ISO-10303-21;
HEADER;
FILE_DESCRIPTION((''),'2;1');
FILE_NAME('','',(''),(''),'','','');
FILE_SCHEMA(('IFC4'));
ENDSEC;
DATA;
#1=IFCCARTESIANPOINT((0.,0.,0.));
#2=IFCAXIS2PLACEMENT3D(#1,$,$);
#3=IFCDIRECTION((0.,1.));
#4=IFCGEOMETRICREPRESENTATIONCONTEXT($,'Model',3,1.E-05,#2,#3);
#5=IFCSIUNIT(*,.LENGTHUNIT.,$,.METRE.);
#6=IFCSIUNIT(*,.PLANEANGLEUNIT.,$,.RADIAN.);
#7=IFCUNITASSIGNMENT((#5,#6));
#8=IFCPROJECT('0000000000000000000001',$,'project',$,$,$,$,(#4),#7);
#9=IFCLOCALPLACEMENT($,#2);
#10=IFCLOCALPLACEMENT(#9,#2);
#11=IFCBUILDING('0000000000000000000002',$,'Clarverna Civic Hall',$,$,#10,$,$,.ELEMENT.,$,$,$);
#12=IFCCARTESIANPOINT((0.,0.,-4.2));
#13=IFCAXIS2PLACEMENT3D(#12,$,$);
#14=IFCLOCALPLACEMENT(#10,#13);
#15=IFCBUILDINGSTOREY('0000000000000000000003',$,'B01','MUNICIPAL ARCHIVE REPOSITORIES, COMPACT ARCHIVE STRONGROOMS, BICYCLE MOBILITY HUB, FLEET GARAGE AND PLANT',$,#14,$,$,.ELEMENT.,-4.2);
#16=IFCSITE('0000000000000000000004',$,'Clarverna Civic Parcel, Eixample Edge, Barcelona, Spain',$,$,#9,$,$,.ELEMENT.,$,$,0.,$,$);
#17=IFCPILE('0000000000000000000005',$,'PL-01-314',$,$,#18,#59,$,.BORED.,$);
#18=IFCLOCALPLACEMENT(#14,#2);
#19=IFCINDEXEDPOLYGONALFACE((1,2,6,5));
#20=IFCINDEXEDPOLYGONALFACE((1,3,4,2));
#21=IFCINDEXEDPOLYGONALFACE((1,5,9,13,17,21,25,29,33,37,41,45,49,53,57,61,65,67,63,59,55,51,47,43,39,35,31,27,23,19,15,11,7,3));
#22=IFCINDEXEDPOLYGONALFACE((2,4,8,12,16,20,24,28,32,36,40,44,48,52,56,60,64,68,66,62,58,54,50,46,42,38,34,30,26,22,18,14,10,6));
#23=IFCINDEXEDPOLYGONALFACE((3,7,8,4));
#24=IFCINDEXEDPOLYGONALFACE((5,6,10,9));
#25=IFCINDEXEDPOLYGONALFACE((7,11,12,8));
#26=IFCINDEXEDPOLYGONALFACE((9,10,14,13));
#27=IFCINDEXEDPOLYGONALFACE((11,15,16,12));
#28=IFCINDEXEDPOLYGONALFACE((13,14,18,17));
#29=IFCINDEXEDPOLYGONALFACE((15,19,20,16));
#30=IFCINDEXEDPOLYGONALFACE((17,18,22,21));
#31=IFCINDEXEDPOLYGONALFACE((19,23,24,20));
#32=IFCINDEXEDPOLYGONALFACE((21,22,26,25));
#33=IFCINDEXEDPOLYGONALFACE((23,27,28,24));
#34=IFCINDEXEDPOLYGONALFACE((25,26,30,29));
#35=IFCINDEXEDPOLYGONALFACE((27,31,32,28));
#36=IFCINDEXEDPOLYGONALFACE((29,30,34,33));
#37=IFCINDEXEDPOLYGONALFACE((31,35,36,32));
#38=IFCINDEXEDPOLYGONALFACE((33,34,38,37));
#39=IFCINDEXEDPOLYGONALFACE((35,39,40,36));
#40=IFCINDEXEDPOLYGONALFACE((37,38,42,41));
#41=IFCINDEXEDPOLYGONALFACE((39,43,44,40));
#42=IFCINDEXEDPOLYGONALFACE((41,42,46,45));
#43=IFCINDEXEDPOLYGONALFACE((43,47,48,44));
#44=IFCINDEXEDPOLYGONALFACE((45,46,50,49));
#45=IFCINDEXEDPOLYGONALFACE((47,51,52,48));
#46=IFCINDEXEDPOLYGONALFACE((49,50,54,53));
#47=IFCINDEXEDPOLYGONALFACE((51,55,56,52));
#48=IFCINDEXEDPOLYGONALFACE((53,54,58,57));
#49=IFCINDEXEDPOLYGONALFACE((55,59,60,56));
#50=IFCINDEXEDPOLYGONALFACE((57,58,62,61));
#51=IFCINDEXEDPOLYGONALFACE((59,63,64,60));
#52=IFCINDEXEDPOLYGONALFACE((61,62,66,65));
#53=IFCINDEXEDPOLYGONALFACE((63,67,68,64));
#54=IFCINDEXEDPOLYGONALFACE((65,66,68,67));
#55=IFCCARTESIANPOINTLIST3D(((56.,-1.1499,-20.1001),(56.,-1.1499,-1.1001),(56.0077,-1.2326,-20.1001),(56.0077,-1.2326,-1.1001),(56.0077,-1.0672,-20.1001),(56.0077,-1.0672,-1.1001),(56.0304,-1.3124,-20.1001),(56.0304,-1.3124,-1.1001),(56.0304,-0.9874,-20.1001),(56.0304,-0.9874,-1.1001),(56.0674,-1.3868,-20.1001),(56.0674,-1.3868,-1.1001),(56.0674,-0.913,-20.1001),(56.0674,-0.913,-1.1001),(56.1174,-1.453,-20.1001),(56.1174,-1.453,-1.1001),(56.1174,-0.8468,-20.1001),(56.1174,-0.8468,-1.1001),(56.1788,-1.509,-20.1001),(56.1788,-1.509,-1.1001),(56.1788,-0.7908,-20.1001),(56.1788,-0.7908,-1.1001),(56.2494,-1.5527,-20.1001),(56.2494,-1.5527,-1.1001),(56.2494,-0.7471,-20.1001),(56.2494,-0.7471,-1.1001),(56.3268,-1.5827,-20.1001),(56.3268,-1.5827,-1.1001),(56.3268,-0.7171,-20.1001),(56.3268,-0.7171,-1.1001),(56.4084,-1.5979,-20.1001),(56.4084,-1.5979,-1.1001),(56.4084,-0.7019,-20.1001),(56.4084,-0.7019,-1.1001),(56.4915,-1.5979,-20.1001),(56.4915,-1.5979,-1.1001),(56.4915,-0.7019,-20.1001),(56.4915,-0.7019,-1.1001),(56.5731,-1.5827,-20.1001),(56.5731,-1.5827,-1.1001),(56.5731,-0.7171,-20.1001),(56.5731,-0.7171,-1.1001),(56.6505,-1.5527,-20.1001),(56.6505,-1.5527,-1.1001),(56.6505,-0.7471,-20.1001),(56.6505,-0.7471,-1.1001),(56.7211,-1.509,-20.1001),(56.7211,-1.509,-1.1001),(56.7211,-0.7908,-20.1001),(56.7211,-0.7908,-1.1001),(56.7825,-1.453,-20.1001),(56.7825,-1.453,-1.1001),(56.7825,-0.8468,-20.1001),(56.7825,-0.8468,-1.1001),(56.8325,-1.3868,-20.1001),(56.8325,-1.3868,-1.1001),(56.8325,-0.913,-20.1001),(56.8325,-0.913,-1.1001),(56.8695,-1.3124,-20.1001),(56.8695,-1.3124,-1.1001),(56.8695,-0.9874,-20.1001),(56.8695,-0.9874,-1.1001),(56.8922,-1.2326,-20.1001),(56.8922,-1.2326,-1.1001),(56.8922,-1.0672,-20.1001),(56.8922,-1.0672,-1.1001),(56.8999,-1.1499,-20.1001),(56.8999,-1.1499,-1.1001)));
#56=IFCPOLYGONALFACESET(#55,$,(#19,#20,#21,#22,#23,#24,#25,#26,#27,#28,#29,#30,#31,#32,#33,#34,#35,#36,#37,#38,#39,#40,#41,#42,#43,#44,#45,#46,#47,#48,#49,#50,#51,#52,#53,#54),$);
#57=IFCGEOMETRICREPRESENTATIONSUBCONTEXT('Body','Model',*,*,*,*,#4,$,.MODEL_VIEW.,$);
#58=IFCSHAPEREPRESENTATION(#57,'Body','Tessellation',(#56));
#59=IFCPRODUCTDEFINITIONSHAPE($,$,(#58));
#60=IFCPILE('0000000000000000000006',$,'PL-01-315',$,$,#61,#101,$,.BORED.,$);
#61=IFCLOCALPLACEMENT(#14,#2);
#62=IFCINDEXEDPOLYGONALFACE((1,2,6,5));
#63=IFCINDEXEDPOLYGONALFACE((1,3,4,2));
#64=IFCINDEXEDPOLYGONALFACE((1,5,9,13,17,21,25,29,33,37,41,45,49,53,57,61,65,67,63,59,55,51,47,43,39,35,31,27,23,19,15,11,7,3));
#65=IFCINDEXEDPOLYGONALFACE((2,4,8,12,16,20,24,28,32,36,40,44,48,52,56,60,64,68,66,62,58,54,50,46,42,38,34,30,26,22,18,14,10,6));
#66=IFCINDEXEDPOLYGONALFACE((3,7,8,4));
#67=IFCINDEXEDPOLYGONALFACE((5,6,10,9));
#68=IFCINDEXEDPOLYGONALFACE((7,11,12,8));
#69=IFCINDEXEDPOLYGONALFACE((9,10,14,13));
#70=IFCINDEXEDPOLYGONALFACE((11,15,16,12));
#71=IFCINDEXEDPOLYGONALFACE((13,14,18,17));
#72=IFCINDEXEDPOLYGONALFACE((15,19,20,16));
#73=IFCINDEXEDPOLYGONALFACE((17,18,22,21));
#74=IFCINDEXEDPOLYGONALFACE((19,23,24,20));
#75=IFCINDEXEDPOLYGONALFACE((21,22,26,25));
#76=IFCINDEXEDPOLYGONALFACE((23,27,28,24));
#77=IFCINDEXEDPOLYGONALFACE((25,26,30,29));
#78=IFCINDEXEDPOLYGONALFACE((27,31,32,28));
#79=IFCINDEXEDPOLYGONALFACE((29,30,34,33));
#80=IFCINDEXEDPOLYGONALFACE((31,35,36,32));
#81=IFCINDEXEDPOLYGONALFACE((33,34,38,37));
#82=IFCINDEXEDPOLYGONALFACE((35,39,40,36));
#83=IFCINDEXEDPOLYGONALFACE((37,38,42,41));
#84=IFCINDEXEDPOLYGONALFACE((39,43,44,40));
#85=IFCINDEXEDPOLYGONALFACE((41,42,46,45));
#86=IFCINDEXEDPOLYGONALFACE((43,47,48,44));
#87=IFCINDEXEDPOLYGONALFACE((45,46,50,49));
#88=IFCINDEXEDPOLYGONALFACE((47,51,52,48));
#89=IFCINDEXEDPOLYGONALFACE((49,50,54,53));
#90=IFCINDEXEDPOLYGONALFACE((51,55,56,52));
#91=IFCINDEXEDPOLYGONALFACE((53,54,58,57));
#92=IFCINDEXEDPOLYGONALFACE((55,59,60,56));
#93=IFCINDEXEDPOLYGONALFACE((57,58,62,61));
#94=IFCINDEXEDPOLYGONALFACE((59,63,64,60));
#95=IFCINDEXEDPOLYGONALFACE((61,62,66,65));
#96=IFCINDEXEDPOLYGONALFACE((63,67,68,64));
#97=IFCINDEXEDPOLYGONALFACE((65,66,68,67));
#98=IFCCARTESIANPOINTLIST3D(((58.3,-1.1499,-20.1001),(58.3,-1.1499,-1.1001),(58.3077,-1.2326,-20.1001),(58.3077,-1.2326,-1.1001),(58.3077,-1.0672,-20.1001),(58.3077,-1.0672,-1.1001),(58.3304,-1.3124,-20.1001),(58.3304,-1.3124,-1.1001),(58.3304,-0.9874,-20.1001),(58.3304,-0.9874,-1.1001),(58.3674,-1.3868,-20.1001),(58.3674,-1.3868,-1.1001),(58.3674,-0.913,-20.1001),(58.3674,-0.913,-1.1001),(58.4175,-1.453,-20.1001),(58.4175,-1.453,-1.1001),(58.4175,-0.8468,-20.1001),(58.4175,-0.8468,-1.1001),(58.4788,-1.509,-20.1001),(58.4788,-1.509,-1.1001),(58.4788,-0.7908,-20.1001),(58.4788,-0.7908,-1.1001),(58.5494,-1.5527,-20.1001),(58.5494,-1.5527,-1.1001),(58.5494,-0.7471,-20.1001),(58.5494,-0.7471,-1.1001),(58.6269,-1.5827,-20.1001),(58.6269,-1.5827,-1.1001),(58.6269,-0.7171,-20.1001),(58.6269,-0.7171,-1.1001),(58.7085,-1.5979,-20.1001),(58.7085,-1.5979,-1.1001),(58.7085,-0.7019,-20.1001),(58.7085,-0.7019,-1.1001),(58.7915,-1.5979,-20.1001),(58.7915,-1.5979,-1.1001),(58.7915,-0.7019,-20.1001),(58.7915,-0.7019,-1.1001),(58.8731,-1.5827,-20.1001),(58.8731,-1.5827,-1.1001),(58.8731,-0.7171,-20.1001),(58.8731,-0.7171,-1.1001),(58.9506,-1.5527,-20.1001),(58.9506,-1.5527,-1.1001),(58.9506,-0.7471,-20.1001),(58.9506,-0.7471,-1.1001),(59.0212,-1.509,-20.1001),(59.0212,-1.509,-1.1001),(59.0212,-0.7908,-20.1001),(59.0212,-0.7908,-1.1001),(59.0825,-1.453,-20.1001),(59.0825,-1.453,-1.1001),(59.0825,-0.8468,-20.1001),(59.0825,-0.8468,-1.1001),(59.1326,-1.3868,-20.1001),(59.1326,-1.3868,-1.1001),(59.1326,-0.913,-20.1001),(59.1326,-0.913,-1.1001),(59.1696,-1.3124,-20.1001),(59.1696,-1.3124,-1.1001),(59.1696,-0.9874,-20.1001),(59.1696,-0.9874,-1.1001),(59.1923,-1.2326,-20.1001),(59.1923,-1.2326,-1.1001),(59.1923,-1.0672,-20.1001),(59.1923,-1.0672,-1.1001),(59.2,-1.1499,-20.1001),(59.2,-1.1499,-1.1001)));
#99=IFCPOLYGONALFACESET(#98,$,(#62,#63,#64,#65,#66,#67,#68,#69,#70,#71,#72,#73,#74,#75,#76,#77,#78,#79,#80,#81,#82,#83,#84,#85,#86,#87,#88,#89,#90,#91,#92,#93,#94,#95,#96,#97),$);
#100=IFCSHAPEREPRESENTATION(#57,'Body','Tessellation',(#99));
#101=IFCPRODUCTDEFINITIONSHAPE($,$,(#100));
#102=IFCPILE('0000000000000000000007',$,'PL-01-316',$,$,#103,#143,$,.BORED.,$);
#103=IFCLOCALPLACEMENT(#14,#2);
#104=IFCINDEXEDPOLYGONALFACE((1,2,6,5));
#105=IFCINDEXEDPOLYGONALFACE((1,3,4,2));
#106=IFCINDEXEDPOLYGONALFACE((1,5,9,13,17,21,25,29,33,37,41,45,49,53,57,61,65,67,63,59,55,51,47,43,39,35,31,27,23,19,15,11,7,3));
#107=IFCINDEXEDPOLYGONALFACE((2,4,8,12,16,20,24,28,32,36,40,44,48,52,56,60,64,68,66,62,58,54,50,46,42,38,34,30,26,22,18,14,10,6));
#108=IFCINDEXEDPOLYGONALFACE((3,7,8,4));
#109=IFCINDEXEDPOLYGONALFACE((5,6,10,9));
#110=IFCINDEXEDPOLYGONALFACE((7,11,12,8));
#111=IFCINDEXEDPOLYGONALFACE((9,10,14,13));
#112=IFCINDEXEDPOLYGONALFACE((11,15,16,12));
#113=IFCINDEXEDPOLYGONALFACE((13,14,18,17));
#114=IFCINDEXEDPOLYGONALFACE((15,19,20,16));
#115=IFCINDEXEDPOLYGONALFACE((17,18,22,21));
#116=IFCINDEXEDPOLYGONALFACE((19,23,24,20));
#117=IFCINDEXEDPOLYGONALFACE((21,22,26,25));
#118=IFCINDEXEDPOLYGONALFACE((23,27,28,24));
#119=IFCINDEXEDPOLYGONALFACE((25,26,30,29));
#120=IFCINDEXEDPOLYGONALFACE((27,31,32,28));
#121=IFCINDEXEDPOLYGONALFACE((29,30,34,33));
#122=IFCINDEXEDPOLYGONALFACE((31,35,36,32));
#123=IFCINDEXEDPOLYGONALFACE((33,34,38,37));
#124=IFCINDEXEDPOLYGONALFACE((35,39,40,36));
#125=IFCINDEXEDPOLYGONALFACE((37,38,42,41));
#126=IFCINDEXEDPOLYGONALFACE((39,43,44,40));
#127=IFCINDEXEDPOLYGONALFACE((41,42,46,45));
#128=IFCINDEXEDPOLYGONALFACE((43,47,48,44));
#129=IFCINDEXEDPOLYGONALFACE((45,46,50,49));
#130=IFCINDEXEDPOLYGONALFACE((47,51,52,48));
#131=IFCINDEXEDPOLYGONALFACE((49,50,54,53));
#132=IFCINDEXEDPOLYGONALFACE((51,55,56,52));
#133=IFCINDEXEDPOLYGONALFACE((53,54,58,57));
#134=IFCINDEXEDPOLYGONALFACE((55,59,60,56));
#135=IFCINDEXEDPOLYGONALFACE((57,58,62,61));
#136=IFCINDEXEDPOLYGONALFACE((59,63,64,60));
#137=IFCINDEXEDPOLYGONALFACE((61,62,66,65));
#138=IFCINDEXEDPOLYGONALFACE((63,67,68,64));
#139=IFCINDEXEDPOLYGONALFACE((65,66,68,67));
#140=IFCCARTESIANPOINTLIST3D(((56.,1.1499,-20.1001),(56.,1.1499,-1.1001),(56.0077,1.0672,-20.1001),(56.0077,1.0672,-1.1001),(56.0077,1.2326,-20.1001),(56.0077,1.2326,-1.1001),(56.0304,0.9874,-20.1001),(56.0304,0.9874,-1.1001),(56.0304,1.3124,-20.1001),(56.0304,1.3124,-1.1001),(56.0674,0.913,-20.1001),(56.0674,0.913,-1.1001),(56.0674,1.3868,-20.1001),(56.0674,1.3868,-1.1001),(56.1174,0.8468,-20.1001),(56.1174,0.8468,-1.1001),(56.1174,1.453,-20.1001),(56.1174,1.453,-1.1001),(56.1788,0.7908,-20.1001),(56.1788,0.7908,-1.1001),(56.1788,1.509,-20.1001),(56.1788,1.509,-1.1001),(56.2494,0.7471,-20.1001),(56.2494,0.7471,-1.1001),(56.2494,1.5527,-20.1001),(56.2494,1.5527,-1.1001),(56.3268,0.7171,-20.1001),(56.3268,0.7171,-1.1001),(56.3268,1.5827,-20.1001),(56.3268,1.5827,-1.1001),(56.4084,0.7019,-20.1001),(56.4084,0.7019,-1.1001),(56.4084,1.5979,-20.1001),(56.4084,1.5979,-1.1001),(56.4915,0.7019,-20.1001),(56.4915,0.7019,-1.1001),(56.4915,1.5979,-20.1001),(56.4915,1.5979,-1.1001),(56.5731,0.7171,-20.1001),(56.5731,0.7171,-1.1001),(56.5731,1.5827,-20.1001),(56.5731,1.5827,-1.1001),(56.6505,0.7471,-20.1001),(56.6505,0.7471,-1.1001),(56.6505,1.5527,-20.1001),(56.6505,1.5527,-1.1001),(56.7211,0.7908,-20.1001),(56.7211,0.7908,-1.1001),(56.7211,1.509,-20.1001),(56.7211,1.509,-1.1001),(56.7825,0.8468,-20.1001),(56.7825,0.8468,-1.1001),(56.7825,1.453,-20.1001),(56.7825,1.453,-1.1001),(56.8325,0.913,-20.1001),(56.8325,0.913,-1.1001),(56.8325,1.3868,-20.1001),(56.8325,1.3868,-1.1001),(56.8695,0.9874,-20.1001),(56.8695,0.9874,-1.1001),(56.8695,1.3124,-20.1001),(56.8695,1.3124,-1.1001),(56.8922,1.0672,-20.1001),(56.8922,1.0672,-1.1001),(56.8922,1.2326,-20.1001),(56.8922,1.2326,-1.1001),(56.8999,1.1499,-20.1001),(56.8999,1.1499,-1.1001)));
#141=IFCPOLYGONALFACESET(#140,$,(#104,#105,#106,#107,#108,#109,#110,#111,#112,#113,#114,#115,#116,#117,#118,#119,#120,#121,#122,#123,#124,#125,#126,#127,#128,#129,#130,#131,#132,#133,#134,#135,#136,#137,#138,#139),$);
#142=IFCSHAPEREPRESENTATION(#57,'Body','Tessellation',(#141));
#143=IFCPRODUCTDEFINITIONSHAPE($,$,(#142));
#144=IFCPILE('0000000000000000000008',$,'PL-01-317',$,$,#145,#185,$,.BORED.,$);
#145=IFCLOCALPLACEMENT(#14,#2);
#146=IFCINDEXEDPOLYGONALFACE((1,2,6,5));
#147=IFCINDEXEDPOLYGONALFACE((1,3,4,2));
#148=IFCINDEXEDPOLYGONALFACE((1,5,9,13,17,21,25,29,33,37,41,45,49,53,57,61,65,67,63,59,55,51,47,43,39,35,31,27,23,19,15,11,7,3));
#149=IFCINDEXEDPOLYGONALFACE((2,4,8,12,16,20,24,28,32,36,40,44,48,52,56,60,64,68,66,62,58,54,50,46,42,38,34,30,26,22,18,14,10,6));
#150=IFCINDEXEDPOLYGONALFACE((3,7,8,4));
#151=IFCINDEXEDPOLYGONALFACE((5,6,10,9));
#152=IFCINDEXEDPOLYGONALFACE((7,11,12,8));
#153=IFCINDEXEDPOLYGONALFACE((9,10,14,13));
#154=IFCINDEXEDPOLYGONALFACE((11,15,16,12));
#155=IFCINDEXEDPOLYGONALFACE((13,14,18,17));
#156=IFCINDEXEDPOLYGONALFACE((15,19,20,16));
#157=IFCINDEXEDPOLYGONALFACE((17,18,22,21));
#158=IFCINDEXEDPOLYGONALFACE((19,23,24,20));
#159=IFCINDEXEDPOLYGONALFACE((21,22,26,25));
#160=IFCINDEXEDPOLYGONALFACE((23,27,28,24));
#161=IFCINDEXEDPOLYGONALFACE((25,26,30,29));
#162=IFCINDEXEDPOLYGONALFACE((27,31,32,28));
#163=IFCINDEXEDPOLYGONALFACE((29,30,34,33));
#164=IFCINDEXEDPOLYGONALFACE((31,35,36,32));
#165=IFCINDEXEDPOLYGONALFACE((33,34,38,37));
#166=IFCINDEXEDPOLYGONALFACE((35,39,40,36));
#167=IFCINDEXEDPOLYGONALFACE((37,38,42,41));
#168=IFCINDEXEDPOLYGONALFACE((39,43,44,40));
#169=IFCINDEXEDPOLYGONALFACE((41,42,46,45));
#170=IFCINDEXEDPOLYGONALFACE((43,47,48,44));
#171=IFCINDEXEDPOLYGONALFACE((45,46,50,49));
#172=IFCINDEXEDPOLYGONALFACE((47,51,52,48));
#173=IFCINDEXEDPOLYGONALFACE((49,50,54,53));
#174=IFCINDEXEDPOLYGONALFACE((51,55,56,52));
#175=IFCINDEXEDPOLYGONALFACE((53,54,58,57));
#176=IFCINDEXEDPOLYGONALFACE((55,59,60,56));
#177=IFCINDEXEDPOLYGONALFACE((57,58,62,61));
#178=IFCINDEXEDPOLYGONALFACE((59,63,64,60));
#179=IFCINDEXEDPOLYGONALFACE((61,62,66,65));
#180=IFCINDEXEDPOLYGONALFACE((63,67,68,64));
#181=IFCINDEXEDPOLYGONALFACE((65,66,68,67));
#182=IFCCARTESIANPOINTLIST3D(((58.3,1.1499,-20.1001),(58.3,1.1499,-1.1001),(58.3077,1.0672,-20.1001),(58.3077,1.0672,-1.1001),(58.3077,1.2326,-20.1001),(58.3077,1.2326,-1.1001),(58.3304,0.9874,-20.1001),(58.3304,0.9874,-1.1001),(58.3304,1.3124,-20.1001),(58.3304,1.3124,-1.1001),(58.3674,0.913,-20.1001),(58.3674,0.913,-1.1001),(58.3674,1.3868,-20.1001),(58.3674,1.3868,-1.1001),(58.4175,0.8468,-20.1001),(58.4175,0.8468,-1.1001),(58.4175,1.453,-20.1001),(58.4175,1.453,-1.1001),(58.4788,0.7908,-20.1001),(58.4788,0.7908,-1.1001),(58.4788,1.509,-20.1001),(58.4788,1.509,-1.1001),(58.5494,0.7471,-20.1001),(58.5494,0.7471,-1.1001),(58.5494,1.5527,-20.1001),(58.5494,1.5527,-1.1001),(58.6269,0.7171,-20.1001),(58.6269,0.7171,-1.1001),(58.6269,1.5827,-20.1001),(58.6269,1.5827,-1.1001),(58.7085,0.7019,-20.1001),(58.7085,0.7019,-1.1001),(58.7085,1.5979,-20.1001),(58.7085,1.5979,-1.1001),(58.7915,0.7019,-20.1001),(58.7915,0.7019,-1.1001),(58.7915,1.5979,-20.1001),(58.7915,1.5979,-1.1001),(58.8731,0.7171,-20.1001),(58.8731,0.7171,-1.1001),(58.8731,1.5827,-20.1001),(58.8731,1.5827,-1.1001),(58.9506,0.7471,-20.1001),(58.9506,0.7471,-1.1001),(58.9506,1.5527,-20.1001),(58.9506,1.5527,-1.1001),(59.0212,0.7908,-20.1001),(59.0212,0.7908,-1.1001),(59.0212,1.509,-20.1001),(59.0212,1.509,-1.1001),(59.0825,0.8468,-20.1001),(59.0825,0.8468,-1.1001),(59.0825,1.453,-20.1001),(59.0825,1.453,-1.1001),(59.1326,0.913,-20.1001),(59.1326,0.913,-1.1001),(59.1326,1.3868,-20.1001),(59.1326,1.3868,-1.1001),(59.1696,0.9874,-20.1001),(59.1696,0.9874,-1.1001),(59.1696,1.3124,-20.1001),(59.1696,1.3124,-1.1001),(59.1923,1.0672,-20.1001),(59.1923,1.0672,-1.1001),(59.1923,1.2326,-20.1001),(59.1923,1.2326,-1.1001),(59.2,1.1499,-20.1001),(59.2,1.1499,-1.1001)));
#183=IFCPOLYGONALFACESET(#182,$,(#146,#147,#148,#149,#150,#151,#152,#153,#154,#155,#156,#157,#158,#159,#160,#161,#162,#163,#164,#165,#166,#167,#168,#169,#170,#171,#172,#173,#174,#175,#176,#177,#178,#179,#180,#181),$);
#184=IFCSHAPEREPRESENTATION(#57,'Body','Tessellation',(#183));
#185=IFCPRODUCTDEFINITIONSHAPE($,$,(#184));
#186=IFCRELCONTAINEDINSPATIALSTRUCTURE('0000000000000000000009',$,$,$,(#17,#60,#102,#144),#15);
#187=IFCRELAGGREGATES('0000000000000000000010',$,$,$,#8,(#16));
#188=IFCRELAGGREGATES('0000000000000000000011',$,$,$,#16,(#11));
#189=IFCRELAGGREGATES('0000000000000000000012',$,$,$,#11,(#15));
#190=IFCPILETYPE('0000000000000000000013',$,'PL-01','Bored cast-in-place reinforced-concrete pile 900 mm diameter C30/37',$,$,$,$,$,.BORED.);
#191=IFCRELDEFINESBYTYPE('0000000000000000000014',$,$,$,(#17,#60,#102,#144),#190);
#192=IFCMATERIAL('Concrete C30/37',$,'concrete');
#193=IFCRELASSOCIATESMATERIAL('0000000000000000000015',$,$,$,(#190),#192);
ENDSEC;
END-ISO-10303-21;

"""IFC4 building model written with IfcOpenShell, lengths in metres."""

from ifc_helpers import new_model, si_unit, direction, frame, origin, origin_2d, place, context, subcontext, project, spatial, circle, extrude, material, material_profile, profile_set, type_object, element, save


model = new_model("IFC4")

# Units and contexts
model_context = context("Model", 3, precision=1e-05, world=origin(), true_north=direction((0.0, 1.0)))
body_context = subcontext(model_context, "Body", "Model", "MODEL_VIEW")
ifc_project = project(units=[si_unit("LENGTHUNIT", "METRE"), si_unit("PLANEANGLEUNIT", "RADIAN")], contexts=[model_context])

# Site, building, storey
site_placement = place(None, origin())
site = spatial("IfcSite", under=ifc_project, at=site_placement, Name="Clarverna Civic Parcel, Eixample Edge, Barcelona, Spain", CompositionType="ELEMENT", RefElevation=0.0)
building_placement = place(site_placement, origin())
building = spatial("IfcBuilding", under=site, at=building_placement, Name="Clarverna Civic Hall", CompositionType="ELEMENT")
storey_placement = place(building_placement, frame((0.0, 0.0, -4.2)))
storey = spatial("IfcBuildingStorey", under=building, at=storey_placement, Name="B01", Description="MUNICIPAL ARCHIVE REPOSITORIES, COMPACT ARCHIVE STRONGROOMS, BICYCLE MOBILITY HUB, FLEET GARAGE AND PLANT", CompositionType="ELEMENT", Elevation=-4.2)

# Shared definitions
ifc_material_1 = material(Name="Concrete C30/37", Category="concrete")

# Piles
ifc_material_profile_1 = material_profile(ifc_material_1, circle(Radius=0.45, at=origin_2d()), Name="BORED PILE D900")
ifc_profile_set_1 = profile_set([ifc_material_profile_1], Name="Concrete C30/37")
pile_type_1 = type_object("IfcPileType", Name="PL-01", Description="Bored cast-in-place reinforced-concrete pile 900 mm diameter C30/37", PredefinedType="BORED", material=ifc_profile_set_1)
for number, where, z_axis, x_axis, name in (
    (1, (56.45, -1.1499, -1.1001), (0.0, 0.0, -1.0), (1.0, 0.0, 0.0), "PL-01-314"),
    (2, (58.75, -1.1499, -1.1001), (0.0, 0.0, -1.0), (1.0, 0.0, 0.0), "PL-01-315"),
    (3, (56.45, 1.1499, -1.1001), (0.0, 0.0, -1.0), (1.0, 0.0, 0.0), "PL-01-316"),
    (4, (58.75, 1.1499, -1.1001), (0.0, 0.0, -1.0), (1.0, 0.0, 0.0), "PL-01-317"),
):
    element("IfcPile", number, at=place(storey_placement, frame(where, z_axis=z_axis, x_axis=x_axis)), inside=storey, type_object=pile_type_1, Name=name, PredefinedType="BORED", context=body_context, shape_type="SweptSolid", body=[
        extrude(circle(Radius=0.45, at=origin_2d()), origin(), (0.0, 0.0, 1.0), 19.0),
    ])

save(model, "model.ifc")
